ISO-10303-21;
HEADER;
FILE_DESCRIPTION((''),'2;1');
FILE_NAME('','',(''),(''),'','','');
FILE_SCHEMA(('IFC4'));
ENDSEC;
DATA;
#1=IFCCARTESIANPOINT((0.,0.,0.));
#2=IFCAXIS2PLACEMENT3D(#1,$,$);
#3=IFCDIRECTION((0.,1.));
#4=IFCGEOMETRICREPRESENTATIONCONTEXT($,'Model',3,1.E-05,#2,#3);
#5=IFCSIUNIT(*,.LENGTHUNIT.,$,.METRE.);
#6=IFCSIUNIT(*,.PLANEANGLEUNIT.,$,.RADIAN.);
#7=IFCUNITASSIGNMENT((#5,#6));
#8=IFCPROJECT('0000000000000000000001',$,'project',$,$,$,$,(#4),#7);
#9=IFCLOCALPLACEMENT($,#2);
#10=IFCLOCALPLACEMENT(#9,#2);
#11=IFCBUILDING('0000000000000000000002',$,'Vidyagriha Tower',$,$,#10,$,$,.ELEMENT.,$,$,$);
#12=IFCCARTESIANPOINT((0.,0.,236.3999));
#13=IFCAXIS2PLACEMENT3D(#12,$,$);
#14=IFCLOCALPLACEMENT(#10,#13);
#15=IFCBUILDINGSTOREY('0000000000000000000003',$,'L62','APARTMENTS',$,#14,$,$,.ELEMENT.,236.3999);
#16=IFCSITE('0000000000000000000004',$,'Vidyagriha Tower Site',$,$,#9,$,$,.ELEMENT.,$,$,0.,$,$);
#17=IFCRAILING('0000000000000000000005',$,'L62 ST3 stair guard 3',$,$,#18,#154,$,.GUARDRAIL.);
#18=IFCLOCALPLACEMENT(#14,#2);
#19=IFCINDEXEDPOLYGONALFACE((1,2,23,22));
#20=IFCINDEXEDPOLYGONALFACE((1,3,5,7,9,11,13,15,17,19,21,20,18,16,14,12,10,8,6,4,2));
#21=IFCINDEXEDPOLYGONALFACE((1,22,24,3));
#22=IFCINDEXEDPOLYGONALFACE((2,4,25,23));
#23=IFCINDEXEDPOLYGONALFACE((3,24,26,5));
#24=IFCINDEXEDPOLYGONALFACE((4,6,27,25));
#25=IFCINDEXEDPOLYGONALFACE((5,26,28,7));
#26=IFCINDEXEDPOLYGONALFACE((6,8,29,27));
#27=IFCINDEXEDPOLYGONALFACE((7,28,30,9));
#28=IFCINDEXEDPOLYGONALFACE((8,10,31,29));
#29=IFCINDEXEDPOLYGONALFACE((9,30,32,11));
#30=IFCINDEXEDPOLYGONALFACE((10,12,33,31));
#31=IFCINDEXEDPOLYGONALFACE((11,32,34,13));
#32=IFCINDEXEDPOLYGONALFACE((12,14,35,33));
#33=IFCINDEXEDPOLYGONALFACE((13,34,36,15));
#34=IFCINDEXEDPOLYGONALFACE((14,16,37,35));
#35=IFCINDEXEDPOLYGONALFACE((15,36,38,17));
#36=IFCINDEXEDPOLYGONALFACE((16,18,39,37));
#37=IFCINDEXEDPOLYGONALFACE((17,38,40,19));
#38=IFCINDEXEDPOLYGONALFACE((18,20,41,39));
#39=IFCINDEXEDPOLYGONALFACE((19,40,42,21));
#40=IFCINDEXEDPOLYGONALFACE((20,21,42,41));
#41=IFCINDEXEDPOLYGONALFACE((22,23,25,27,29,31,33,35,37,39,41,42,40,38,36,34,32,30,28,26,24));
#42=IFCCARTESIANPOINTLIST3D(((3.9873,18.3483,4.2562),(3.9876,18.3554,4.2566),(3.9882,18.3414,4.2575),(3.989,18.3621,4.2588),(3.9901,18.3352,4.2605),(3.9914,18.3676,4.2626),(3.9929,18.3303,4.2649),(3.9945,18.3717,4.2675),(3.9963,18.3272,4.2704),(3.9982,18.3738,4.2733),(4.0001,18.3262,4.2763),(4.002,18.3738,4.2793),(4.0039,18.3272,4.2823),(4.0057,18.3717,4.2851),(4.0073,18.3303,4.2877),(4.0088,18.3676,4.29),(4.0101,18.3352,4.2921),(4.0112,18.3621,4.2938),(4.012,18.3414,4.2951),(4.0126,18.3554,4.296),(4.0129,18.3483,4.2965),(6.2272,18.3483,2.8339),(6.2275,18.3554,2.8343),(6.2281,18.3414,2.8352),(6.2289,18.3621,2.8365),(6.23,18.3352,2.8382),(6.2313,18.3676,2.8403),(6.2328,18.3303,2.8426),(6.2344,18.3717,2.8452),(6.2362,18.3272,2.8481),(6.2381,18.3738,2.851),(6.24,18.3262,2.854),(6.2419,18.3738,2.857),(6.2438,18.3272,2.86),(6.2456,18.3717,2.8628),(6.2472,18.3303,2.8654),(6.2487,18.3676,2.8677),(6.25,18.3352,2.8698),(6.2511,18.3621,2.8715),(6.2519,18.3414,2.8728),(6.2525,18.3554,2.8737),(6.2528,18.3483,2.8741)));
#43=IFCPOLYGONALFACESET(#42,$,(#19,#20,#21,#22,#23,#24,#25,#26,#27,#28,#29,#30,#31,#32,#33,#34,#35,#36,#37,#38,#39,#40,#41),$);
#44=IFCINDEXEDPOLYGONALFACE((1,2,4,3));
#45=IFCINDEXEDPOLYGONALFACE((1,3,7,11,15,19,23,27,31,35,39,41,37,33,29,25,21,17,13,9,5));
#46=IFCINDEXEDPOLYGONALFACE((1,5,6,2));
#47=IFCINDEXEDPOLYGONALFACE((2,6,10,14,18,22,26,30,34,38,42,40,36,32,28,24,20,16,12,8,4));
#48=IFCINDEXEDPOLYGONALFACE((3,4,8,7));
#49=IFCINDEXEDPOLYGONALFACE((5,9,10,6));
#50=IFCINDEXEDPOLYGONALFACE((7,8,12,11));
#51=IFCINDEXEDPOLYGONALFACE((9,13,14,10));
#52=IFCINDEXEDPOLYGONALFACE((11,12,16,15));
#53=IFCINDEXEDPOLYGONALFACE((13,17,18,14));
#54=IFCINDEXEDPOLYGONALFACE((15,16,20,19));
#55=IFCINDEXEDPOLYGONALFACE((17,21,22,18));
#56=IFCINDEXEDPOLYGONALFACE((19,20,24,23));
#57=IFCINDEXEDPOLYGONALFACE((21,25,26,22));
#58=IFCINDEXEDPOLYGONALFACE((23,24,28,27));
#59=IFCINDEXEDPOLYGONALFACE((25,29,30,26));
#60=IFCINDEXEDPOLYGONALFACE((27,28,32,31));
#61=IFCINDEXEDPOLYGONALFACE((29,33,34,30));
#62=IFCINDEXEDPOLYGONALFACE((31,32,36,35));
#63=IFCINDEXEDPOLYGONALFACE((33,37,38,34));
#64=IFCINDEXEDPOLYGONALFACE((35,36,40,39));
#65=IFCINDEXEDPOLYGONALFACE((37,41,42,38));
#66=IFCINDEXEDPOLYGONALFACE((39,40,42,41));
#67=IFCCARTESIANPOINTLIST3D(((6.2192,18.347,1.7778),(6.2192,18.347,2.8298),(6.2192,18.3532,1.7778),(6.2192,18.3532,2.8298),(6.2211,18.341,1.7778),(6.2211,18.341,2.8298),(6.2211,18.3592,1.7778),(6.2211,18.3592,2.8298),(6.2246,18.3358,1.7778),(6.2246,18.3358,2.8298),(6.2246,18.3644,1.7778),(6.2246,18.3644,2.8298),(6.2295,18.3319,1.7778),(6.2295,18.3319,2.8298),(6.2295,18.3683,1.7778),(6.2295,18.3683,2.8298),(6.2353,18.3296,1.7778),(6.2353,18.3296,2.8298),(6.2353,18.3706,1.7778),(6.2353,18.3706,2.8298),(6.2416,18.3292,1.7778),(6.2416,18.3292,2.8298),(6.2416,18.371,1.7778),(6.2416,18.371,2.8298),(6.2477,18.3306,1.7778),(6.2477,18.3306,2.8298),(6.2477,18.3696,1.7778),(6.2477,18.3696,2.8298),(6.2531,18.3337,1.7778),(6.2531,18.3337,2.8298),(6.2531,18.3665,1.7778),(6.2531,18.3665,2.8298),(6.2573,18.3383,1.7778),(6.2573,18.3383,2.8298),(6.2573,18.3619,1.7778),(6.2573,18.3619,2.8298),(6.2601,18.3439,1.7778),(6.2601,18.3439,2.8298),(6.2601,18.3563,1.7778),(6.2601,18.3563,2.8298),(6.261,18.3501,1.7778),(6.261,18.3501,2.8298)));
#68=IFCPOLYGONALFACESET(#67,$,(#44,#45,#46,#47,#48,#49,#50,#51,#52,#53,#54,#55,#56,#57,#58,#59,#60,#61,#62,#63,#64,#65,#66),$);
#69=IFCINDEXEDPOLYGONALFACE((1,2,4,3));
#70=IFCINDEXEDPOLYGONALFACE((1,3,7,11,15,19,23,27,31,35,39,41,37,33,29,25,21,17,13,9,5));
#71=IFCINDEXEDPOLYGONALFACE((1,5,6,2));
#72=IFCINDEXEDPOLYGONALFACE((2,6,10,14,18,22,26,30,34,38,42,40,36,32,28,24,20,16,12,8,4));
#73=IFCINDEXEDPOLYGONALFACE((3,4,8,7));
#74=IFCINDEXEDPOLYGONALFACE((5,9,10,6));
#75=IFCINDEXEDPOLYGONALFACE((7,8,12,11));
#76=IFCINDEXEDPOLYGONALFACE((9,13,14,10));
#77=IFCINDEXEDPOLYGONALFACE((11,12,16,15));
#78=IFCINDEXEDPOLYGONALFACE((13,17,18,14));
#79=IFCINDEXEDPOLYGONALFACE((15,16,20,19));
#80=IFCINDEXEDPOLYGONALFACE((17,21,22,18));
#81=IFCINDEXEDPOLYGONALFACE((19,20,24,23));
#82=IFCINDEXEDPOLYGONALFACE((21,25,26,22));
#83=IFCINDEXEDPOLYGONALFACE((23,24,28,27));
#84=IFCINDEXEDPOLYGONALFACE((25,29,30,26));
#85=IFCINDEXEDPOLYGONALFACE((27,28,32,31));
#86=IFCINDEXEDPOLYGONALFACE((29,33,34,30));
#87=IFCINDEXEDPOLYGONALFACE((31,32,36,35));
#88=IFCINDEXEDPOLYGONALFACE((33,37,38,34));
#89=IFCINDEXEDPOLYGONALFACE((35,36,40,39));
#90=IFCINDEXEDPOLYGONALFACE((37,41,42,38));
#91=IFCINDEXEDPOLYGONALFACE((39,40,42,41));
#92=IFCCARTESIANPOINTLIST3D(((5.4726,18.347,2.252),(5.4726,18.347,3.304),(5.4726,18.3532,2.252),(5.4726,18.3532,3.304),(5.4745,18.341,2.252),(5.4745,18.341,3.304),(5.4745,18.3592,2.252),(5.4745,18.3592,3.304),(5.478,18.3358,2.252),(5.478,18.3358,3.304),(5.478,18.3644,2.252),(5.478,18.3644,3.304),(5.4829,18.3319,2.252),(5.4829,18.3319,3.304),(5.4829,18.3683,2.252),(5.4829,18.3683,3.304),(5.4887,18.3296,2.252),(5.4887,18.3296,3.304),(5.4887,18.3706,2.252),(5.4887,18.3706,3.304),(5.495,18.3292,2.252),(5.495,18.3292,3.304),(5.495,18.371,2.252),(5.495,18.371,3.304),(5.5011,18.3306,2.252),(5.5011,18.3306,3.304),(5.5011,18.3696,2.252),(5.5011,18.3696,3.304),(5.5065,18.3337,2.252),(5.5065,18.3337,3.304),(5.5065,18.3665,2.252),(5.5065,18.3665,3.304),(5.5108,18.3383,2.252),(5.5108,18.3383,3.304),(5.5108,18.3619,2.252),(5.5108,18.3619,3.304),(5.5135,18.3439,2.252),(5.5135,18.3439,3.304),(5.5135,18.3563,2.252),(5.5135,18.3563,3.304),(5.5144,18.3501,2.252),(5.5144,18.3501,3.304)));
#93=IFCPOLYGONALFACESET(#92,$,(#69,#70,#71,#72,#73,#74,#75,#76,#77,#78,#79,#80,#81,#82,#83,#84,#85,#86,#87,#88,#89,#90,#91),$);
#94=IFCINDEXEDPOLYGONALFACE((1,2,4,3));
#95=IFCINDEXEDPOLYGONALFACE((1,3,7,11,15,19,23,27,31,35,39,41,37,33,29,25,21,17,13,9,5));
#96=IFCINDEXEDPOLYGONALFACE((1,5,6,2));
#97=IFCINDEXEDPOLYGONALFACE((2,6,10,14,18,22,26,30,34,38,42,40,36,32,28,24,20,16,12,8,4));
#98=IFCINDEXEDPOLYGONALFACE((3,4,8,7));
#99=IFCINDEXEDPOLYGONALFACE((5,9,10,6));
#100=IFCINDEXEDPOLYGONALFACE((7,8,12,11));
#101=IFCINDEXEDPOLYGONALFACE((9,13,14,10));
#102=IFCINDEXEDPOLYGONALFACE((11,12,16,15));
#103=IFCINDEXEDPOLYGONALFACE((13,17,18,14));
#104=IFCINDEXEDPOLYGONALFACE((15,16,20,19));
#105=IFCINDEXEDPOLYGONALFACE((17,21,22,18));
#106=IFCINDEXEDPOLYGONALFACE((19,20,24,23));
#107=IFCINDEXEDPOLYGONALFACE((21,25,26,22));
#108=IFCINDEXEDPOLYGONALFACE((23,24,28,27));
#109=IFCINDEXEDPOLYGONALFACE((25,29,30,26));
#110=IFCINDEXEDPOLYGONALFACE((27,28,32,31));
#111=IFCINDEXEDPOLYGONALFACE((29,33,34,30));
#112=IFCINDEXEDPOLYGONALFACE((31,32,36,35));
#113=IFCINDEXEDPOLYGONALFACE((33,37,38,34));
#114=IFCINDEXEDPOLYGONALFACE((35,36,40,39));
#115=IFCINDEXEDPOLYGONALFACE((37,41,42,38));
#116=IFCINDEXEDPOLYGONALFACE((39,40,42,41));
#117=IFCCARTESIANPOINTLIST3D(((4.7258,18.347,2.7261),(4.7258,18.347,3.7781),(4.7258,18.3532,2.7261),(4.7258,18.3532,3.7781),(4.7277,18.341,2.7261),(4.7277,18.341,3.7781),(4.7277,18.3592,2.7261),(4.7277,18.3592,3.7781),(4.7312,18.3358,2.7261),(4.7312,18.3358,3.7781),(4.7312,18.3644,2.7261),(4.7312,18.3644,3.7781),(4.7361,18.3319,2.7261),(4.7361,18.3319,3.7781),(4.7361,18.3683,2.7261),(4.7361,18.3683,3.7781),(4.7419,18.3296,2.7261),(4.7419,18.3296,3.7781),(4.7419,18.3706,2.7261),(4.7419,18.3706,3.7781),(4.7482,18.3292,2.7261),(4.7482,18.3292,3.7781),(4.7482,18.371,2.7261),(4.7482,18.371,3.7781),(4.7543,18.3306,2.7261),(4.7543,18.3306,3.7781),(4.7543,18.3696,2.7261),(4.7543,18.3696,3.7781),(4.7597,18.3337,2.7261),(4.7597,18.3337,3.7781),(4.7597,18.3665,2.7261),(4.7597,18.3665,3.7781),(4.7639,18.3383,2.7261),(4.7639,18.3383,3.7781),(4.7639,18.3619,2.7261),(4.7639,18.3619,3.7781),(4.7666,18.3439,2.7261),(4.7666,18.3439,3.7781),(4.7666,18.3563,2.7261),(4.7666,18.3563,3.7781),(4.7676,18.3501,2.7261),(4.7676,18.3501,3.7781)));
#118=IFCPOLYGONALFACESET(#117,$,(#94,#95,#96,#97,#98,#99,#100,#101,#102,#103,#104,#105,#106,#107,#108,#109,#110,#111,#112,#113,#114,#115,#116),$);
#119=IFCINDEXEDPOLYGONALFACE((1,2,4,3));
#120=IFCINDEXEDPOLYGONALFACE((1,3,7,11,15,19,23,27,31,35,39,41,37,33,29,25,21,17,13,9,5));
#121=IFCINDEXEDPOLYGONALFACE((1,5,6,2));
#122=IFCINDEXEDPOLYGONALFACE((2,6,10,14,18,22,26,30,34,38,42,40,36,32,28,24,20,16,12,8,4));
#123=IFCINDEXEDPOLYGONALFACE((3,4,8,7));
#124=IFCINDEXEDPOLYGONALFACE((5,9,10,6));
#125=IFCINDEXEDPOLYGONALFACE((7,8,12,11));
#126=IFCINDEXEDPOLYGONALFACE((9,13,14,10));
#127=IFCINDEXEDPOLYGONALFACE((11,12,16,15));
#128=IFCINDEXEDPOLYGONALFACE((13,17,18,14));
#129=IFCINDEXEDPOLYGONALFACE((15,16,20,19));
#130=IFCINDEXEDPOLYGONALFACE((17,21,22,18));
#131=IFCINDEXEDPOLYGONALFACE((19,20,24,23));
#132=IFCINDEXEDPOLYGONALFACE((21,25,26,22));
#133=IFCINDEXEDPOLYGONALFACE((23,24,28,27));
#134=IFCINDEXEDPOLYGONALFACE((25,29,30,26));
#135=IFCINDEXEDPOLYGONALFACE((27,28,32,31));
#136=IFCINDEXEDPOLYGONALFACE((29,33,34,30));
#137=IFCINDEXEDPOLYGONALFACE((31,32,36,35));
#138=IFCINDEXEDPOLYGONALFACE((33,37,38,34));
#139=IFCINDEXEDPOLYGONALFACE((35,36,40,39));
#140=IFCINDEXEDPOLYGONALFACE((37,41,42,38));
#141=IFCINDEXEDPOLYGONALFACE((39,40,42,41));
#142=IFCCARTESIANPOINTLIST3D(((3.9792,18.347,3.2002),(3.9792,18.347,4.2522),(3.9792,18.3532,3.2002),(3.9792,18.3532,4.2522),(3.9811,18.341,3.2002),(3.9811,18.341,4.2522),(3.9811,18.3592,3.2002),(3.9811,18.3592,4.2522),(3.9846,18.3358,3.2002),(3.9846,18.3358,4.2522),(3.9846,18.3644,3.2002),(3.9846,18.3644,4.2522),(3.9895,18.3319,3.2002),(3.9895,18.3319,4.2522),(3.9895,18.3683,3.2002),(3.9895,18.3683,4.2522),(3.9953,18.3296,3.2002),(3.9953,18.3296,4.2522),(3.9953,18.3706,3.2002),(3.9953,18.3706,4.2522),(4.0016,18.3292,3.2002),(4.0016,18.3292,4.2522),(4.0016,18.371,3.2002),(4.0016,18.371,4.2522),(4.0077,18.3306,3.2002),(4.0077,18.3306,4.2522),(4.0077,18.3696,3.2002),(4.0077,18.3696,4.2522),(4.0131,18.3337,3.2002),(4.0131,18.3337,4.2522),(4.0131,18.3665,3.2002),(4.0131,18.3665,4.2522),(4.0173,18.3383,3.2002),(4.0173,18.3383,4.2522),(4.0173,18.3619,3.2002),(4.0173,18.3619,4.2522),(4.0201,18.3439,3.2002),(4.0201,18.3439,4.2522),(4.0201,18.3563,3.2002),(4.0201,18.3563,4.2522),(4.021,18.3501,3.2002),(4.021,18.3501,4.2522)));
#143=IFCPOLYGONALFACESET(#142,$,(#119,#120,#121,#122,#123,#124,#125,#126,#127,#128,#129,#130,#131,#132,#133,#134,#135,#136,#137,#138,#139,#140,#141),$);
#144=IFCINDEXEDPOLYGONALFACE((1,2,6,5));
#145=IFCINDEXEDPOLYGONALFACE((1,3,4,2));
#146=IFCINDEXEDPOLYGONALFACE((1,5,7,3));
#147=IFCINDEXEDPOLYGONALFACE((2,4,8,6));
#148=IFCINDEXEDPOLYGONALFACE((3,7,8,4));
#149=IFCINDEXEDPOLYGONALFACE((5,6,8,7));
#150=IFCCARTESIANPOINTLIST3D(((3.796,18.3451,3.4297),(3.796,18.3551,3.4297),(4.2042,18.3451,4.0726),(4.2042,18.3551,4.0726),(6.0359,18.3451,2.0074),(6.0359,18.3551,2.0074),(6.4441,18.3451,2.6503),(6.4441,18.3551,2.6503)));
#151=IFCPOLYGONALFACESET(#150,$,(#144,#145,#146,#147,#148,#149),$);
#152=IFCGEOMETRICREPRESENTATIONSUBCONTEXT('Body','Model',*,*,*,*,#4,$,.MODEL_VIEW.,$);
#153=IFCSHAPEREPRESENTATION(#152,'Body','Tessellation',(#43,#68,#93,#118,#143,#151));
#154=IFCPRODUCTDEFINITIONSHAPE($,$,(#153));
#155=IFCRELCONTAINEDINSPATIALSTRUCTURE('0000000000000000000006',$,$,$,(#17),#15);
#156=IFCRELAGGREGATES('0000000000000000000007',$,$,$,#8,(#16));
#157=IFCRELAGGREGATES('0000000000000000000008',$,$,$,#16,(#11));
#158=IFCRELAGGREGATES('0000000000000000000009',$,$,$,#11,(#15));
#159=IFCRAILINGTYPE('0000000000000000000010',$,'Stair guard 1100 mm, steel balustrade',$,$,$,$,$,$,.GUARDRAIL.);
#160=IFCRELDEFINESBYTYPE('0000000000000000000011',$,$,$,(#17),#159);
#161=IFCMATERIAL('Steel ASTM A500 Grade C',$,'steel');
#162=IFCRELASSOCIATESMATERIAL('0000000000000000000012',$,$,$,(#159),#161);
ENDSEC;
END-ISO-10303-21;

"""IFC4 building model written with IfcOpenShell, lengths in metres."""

from ifc_helpers import new_model, si_unit, direction, frame, origin, origin_2d, place, context, subcontext, project, spatial, rectangle, circle, extrude, material, type_object, element, save


model = new_model("IFC4")

# Units and contexts
model_context = context("Model", 3, precision=1e-05, world=origin(), true_north=direction((0.0, 1.0)))
body_context = subcontext(model_context, "Body", "Model", "MODEL_VIEW")
ifc_project = project(units=[si_unit("LENGTHUNIT", "METRE"), si_unit("PLANEANGLEUNIT", "RADIAN")], contexts=[model_context])

# Site, building, storey
site_placement = place(None, origin())
site = spatial("IfcSite", under=ifc_project, at=site_placement, Name="Vidyagriha Tower Site", CompositionType="ELEMENT", RefElevation=0.0)
building_placement = place(site_placement, origin())
building = spatial("IfcBuilding", under=site, at=building_placement, Name="Vidyagriha Tower", CompositionType="ELEMENT")
storey_placement = place(building_placement, frame((0.0, 0.0, 236.3999)))
storey = spatial("IfcBuildingStorey", under=building, at=storey_placement, Name="L62", Description="APARTMENTS", CompositionType="ELEMENT", Elevation=236.3999)

# Railing
ifc_material_1 = material(Name="Steel ASTM A500 Grade C", Category="steel")
railing_type_1 = type_object("IfcRailingType", Name="Stair guard 1100 mm, steel balustrade", PredefinedType="GUARDRAIL", material=ifc_material_1)
railing_1_placement = place(storey_placement, frame((6.24, 18.3501, 1.7778)))
element("IfcRailing", 1, at=railing_1_placement, inside=storey, type_object=railing_type_1, Name="L62 ST3 stair guard 3", PredefinedType="GUARDRAIL", context=body_context, shape_type="SweptSolid", body=[
    extrude(circle(Radius=0.0239, at=origin_2d()), frame((0.0, 0.0, 1.0762), z_axis=(-0.844188, 0.0, 0.536048), x_axis=(0.0, -1.0, 0.0)), (0.0, 0.0, 1.0), 2.6533),
    extrude(circle(Radius=0.021, at=origin_2d()), origin(), (0.0, 0.0, 1.0), 1.052),
    extrude(circle(Radius=0.021, at=origin_2d()), frame((-0.7466, 0.0, 0.4741)), (0.0, 0.0, 1.0), 1.052),
    extrude(circle(Radius=0.021, at=origin_2d()), frame((-1.4934, 0.0, 0.9482)), (0.0, 0.0, 1.0), 1.052),
    extrude(circle(Radius=0.021, at=origin_2d()), frame((-2.24, 0.0, 1.4224)), (0.0, 0.0, 1.0), 1.052),
    extrude(rectangle(XDim=0.01, YDim=0.7615, at=origin_2d()), frame((0.0, 0.0, 0.551), z_axis=(-0.844188, 0.0, 0.536048), x_axis=(0.0, -1.0, 0.0)), (0.0, 0.0, 1.0), 2.6533),
])

save(model, "model.ifc")
